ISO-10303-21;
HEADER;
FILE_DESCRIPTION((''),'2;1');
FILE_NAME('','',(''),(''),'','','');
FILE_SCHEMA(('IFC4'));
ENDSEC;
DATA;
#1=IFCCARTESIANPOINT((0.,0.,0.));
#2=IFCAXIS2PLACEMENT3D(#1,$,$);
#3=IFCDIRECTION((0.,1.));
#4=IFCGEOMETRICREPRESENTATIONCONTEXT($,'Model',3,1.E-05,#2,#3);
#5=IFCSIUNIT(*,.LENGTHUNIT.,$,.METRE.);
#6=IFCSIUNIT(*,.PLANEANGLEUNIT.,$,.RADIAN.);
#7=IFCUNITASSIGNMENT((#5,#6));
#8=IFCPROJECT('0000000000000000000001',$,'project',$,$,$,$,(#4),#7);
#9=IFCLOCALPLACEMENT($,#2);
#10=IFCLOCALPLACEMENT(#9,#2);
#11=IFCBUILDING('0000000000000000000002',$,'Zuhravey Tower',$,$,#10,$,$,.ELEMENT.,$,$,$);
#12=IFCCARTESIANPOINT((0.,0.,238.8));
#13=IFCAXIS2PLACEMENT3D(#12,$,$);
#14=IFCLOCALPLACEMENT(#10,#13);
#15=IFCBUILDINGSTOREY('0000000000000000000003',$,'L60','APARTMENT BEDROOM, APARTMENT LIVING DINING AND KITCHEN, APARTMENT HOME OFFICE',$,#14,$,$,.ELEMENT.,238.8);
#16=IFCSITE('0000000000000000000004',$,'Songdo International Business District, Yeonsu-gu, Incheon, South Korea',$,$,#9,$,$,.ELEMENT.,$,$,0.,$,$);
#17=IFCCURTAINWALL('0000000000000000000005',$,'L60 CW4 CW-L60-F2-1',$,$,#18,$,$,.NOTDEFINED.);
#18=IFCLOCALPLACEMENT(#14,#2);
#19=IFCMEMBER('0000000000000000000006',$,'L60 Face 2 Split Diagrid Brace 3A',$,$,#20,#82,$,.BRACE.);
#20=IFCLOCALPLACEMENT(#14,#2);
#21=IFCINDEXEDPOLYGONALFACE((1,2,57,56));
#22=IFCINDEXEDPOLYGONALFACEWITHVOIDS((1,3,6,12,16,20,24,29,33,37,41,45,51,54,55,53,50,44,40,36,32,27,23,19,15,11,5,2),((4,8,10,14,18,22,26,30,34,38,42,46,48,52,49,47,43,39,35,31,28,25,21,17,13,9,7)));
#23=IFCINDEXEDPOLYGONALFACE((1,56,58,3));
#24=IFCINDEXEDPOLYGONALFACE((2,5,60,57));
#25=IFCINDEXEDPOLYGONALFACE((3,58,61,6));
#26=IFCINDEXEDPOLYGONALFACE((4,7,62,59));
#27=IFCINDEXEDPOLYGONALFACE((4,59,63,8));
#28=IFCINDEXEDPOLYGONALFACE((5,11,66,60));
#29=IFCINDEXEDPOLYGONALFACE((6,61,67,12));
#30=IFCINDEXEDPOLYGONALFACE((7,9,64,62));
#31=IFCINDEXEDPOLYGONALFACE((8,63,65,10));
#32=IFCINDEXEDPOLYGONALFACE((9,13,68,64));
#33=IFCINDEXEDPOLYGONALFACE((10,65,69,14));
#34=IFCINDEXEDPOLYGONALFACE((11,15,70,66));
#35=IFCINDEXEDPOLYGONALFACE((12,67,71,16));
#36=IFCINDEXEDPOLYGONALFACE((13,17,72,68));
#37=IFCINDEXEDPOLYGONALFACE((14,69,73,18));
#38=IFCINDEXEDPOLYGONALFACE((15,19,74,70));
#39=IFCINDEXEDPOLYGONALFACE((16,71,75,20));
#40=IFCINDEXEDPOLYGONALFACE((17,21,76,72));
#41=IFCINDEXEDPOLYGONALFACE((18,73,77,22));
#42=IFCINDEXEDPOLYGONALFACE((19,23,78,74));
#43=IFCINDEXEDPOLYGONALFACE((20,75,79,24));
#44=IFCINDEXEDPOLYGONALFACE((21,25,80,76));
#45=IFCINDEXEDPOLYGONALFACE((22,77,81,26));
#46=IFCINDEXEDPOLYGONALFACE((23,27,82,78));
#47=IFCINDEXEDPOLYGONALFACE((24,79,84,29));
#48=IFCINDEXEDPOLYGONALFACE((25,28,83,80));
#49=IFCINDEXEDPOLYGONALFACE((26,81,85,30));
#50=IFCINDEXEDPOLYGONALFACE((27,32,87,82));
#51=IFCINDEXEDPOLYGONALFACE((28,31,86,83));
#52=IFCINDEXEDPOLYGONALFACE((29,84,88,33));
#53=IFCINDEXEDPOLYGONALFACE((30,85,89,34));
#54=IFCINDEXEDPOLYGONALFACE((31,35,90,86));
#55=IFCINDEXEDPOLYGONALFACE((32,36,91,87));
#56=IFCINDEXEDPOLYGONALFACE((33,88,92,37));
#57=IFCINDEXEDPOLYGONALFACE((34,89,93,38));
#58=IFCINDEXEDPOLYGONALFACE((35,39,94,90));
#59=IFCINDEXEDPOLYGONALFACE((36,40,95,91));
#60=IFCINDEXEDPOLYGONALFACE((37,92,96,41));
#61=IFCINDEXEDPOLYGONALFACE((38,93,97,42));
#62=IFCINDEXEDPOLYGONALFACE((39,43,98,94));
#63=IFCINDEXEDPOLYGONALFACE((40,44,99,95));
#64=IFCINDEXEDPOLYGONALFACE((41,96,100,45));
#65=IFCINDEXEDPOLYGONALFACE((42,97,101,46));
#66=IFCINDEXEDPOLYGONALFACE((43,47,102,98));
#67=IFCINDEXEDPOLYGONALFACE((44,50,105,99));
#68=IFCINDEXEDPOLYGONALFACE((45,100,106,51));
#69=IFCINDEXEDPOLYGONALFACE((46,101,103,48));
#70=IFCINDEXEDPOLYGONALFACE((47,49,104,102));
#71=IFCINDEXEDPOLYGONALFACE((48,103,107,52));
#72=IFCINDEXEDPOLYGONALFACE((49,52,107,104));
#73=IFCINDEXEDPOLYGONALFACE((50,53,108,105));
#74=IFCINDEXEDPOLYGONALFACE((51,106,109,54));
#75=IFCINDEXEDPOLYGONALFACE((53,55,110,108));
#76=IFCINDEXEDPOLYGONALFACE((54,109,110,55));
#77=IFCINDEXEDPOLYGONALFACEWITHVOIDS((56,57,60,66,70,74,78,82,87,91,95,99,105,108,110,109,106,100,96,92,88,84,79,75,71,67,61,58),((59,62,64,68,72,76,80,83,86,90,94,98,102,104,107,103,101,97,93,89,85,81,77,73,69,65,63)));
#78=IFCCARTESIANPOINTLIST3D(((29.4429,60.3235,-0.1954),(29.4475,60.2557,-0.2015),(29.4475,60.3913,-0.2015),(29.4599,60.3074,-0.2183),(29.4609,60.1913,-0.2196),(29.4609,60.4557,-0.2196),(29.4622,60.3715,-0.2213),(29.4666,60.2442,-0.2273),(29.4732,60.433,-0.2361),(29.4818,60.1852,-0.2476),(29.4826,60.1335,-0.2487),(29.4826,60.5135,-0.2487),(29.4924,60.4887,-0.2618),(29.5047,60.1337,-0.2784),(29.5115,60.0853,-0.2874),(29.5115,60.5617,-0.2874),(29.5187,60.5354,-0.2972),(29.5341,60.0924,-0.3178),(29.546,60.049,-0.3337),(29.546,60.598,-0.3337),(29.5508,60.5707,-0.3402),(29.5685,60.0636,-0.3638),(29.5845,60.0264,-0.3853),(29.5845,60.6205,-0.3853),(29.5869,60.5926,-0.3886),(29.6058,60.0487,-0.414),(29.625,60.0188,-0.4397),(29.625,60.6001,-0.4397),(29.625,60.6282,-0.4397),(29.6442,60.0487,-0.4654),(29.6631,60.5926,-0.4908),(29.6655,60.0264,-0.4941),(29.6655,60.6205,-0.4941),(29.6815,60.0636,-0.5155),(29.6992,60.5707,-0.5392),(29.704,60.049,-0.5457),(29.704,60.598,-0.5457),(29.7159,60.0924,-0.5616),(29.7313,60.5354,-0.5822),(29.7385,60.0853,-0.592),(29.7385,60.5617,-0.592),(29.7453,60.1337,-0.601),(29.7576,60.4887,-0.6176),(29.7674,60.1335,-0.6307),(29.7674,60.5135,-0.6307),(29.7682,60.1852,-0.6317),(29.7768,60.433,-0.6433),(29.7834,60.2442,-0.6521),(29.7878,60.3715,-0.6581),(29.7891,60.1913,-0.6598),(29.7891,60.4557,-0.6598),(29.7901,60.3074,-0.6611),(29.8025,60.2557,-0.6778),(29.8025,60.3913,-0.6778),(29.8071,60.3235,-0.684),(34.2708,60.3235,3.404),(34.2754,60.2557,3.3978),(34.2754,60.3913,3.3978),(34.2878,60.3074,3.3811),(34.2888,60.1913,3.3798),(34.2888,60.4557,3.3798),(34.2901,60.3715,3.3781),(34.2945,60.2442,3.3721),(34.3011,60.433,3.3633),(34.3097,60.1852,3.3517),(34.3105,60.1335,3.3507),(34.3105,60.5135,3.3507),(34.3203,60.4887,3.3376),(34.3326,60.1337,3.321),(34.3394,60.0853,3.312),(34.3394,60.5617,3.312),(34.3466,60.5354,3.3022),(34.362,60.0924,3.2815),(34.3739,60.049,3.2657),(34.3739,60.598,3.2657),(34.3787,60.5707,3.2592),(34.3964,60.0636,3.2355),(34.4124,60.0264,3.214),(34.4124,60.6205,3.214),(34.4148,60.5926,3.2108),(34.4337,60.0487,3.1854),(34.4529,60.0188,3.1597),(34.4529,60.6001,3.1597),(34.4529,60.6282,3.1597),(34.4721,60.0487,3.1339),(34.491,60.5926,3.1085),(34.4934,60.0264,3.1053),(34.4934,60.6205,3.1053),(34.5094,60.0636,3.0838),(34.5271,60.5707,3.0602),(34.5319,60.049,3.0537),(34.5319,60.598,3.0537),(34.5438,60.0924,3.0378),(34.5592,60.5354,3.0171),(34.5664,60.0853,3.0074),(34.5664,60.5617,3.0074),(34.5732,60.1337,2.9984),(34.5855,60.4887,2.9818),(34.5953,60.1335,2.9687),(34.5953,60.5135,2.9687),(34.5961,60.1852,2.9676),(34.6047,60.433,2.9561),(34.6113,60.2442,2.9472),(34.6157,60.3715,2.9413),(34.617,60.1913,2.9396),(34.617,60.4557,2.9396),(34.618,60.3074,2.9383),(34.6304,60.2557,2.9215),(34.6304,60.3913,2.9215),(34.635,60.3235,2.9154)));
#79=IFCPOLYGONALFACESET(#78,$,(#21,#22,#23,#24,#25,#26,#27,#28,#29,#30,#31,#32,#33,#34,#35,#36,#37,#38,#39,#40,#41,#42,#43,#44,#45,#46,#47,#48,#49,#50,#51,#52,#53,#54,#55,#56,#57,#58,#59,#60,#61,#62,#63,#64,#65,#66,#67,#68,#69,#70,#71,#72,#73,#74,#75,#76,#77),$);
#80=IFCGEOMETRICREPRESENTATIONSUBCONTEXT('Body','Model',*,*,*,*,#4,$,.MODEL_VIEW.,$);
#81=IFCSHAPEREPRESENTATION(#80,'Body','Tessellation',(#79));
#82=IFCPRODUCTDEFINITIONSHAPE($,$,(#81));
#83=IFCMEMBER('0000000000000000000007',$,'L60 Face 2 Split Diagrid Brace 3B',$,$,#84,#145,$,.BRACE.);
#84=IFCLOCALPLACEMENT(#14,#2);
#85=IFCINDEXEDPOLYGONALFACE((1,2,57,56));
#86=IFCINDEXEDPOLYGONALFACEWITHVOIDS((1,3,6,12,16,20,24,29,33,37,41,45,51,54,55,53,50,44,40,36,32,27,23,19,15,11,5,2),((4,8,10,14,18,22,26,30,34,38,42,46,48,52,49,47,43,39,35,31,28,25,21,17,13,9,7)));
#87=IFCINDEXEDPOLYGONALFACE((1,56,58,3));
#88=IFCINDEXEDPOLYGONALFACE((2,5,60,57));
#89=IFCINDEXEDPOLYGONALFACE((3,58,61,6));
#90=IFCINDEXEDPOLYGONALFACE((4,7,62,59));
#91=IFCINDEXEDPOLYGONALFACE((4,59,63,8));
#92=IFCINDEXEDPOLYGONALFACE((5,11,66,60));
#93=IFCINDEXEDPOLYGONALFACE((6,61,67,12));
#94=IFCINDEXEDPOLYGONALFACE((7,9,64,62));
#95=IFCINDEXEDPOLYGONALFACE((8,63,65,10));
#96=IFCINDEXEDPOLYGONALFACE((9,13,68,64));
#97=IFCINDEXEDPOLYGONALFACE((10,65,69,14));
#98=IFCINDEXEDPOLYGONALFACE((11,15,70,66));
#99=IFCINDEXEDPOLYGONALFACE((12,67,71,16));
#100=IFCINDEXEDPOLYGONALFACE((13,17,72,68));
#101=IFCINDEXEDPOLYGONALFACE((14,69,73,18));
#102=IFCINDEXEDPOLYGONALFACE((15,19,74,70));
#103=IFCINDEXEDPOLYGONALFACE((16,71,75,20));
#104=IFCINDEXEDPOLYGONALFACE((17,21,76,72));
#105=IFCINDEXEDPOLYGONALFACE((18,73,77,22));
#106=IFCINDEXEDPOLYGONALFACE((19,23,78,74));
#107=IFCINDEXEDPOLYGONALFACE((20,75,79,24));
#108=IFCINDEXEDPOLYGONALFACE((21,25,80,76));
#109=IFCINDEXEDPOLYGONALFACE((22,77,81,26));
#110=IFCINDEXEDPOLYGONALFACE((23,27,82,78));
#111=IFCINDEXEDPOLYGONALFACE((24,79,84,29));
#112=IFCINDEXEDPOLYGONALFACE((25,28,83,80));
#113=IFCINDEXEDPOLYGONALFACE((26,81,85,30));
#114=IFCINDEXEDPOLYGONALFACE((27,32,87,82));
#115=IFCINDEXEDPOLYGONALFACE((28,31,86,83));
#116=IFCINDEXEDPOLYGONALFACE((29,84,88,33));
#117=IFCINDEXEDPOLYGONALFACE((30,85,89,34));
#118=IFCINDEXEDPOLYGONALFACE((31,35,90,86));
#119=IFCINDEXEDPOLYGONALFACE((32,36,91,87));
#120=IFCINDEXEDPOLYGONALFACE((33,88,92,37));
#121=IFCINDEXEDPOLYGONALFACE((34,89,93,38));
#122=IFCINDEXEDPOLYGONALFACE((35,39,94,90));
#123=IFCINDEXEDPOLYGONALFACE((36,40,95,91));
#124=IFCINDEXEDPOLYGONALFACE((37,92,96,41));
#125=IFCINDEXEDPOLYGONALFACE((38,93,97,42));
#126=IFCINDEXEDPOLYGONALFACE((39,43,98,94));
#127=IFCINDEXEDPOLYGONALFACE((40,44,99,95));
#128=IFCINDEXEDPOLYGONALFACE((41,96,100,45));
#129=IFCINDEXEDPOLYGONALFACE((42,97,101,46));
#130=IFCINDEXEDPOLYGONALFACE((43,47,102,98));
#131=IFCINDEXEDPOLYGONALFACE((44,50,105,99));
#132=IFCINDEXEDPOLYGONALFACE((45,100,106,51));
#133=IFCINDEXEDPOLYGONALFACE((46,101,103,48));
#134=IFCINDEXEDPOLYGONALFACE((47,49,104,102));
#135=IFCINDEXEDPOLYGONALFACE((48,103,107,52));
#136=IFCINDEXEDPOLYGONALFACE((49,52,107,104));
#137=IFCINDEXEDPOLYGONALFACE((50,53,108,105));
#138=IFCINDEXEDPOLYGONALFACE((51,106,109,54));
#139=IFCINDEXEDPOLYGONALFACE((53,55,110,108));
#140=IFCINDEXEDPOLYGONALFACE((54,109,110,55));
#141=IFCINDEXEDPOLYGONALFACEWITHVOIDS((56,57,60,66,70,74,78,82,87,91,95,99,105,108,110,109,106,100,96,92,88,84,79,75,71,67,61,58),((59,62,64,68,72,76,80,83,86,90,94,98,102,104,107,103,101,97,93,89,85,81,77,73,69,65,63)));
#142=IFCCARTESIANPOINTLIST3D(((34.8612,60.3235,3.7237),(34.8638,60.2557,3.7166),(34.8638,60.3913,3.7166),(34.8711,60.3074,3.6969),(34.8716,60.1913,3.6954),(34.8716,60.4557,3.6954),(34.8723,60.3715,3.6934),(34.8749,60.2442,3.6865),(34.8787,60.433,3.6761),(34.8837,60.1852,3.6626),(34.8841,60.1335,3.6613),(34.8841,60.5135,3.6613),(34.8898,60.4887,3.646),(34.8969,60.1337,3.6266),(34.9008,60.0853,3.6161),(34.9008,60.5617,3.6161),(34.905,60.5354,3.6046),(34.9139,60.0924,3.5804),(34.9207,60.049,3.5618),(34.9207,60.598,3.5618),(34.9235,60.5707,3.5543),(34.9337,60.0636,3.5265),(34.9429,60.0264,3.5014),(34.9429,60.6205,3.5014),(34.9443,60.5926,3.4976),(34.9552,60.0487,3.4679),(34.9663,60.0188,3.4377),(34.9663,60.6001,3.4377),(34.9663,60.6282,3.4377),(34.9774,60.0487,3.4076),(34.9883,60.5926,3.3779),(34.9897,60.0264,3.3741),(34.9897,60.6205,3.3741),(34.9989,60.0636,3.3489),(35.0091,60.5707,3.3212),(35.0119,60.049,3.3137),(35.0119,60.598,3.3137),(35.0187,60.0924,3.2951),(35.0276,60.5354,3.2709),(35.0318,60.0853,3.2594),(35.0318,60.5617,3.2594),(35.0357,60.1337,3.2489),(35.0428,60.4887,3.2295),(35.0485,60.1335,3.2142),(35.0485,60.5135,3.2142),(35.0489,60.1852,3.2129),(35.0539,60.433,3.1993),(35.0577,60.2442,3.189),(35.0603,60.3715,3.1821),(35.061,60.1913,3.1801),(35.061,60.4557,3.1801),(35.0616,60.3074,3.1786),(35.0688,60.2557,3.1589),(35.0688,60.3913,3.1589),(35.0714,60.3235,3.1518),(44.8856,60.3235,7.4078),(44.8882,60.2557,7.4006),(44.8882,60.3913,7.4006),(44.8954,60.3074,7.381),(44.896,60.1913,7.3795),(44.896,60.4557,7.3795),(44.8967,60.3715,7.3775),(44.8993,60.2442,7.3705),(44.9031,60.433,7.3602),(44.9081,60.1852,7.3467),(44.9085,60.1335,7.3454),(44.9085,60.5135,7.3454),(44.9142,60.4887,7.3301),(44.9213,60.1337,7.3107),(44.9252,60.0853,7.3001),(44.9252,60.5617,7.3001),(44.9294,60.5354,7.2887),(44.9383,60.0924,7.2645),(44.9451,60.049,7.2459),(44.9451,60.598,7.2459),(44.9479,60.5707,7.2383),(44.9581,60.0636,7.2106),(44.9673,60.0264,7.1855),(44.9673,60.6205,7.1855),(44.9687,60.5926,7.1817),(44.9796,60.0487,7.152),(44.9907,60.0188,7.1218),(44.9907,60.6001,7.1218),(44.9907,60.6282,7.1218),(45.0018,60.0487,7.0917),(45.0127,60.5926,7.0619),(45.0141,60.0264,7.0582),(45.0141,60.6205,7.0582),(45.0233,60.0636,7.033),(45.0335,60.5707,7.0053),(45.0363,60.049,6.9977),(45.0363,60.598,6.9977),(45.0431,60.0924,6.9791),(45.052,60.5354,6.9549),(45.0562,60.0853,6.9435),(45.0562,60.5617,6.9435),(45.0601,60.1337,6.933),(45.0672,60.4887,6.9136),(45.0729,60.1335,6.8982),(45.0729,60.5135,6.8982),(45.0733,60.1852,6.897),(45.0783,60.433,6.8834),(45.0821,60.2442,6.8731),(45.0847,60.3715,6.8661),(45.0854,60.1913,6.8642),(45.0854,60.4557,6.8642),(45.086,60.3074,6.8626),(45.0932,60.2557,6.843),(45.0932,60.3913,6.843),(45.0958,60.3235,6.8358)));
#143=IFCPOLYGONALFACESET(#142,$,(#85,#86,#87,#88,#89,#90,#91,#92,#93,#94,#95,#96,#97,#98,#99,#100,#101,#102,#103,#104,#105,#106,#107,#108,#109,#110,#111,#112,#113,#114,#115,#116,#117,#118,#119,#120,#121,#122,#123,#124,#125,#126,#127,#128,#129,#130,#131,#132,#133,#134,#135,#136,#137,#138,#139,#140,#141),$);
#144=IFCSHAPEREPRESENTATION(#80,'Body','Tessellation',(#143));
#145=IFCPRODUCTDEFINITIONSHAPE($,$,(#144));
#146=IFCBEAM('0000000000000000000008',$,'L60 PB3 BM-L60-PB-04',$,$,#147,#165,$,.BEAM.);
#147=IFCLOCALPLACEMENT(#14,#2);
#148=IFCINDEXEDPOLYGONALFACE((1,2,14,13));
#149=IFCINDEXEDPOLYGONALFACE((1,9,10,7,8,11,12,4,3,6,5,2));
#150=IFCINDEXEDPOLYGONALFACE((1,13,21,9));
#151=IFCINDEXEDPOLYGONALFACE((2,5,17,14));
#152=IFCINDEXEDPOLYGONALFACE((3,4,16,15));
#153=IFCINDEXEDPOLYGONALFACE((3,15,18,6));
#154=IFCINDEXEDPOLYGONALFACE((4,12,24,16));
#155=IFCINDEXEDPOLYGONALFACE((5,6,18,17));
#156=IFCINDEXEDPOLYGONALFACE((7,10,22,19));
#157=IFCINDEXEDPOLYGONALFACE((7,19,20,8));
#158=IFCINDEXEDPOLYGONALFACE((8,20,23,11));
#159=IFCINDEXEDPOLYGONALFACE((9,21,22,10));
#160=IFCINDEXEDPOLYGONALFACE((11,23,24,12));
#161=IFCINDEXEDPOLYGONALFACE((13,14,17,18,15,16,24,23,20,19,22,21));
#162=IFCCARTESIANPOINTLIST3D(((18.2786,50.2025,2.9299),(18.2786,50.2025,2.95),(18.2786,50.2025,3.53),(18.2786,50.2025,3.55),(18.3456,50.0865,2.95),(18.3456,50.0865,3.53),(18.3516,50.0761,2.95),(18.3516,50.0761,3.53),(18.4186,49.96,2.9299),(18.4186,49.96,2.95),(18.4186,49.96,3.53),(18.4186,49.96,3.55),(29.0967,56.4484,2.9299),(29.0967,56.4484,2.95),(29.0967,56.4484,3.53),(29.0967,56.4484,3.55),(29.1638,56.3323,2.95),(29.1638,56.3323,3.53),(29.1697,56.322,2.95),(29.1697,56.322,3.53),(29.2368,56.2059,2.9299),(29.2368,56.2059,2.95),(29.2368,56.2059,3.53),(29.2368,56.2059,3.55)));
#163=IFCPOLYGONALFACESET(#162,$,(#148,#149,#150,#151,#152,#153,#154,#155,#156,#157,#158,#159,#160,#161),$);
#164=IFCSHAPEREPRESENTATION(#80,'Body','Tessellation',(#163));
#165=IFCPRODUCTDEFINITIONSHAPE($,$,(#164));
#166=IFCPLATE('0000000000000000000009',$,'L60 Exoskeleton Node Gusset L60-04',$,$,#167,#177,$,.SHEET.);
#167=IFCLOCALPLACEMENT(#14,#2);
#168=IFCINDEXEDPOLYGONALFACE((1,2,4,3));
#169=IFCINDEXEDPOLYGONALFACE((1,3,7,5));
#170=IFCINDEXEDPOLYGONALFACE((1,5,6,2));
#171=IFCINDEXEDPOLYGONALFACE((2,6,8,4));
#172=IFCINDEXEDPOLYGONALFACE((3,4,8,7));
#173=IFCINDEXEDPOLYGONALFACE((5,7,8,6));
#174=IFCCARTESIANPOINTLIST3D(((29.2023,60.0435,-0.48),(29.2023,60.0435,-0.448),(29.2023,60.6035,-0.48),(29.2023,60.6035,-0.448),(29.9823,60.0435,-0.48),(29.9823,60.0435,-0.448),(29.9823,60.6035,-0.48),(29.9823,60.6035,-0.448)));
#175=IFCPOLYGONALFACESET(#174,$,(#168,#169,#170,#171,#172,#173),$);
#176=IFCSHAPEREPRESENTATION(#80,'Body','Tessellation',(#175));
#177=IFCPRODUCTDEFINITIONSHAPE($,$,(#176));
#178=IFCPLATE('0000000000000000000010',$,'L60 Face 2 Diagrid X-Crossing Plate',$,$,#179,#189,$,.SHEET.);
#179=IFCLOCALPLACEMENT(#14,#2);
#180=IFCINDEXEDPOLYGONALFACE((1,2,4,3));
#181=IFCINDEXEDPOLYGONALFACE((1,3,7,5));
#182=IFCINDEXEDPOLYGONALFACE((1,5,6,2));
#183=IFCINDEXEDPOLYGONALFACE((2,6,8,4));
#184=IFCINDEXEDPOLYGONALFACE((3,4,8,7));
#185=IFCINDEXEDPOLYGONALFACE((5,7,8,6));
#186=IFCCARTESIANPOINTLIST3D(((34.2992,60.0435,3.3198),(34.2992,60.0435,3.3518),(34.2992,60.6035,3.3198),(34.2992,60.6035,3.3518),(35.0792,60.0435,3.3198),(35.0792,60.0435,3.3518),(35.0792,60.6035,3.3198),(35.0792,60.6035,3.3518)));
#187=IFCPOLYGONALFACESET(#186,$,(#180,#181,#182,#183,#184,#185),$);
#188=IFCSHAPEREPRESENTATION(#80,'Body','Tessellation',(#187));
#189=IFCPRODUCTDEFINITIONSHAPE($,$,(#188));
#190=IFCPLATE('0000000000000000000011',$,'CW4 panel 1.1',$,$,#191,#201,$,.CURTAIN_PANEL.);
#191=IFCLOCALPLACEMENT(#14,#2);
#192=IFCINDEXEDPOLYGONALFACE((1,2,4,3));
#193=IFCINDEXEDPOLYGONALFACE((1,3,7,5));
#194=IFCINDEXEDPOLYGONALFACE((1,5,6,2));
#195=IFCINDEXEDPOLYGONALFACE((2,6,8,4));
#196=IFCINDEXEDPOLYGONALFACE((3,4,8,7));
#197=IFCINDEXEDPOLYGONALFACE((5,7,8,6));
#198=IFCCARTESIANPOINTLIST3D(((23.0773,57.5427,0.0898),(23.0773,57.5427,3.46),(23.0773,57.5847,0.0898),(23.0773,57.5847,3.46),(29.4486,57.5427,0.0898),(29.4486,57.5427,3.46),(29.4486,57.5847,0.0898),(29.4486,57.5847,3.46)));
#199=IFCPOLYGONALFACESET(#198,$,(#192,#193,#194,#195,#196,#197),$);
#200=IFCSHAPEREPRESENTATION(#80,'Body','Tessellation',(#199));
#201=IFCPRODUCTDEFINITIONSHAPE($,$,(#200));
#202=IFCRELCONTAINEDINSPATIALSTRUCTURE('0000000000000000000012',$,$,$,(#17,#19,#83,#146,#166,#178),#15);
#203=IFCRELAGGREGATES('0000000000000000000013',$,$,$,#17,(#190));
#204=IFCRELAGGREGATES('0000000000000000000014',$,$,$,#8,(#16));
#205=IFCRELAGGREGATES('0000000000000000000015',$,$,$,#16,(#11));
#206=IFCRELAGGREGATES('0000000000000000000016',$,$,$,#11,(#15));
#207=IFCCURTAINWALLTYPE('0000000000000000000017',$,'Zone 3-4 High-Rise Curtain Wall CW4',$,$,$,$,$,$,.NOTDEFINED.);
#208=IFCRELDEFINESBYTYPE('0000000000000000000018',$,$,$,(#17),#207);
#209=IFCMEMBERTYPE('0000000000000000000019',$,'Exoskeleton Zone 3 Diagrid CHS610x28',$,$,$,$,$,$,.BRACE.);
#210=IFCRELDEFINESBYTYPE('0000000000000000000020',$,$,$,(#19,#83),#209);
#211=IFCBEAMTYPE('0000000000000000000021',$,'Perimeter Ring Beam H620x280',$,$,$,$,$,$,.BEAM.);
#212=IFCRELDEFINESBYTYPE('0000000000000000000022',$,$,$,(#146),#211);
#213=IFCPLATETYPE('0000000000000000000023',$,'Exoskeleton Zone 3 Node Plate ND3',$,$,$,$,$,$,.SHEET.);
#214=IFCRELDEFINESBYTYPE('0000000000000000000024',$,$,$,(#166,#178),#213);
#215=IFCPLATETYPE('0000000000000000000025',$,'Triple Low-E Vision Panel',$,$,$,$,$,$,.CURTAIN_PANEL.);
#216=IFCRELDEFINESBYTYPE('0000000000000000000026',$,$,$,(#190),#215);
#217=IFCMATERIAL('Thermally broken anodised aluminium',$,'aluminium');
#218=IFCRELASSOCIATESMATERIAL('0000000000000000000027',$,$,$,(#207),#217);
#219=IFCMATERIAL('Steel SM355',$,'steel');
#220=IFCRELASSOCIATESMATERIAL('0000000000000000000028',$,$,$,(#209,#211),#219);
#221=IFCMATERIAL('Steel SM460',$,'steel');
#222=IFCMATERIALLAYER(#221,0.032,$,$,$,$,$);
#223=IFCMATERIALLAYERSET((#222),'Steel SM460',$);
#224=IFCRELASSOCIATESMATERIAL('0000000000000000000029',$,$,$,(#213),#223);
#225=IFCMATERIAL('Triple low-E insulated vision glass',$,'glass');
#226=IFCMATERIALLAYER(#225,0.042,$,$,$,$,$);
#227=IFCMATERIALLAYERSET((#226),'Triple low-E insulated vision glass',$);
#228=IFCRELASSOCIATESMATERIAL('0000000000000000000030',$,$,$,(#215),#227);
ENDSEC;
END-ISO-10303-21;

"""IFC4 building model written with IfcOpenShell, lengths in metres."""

from ifc_helpers import new_model, si_unit, direction, frame, origin, origin_2d, place, context, subcontext, project, spatial, rectangle, hollow_circle, i_section, extrude, material, layer, layer_set, material_profile, profile_set, type_object, element, aggregate, save


model = new_model("IFC4")

# Units and contexts
model_context = context("Model", 3, precision=1e-05, world=origin(), true_north=direction((0.0, 1.0)))
body_context = subcontext(model_context, "Body", "Model", "MODEL_VIEW")
ifc_project = project(units=[si_unit("LENGTHUNIT", "METRE"), si_unit("PLANEANGLEUNIT", "RADIAN")], contexts=[model_context])

# Site, building, storey
site_placement = place(None, origin())
site = spatial("IfcSite", under=ifc_project, at=site_placement, Name="Songdo International Business District, Yeonsu-gu, Incheon, South Korea", CompositionType="ELEMENT", RefElevation=0.0)
building_placement = place(site_placement, origin())
building = spatial("IfcBuilding", under=site, at=building_placement, Name="Zuhravey Tower", CompositionType="ELEMENT")
storey_placement = place(building_placement, frame((0.0, 0.0, 238.8)))
storey = spatial("IfcBuildingStorey", under=building, at=storey_placement, Name="L60", Description="APARTMENT BEDROOM, APARTMENT LIVING DINING AND KITCHEN, APARTMENT HOME OFFICE", CompositionType="ELEMENT", Elevation=238.8)

# Curtain wall
ifc_material_1 = material(Name="Thermally broken anodised aluminium", Category="aluminium")
curtain_wall_type = type_object("IfcCurtainWallType", Name="Zone 3-4 High-Rise Curtain Wall CW4", PredefinedType="NOTDEFINED", material=ifc_material_1)
curtain_wall_placement = place(storey_placement, origin())
curtain_wall = element("IfcCurtainWall", 1, at=curtain_wall_placement, inside=storey, type_object=curtain_wall_type, Name="L60 CW4 CW-L60-F2-1", PredefinedType="NOTDEFINED")

# Members
ifc_material_2 = material(Name="Steel SM355", Category="steel")
ifc_material_profile_1 = material_profile(ifc_material_2, hollow_circle(Radius=0.3047, WallThickness=0.0281, at=origin_2d()), Name="CHS-609.6x28")
ifc_profile_set_1 = profile_set([ifc_material_profile_1], Name="Steel SM355")
member_type_1 = type_object("IfcMemberType", Name="Exoskeleton Zone 3 Diagrid CHS610x28", PredefinedType="BRACE", material=ifc_profile_set_1)
member_1_placement = place(storey_placement, frame((29.625, 60.3235, -0.4397), z_axis=(0.801714, 0.0, 0.597708), x_axis=(0.0, 1.0, 0.0)))
element("IfcMember", 2, at=member_1_placement, inside=storey, type_object=member_type_1, Name="L60 Face 2 Split Diagrid Brace 3A", PredefinedType="BRACE", context=body_context, shape_type="SweptSolid", body=[
    extrude(hollow_circle(Radius=0.3047, WallThickness=0.0281, at=origin_2d()), origin(), (0.0, 0.0, 1.0), 6.022),
])
member_2_placement = place(storey_placement, frame((34.9663, 60.3235, 3.4377), z_axis=(0.93862, 0.0, 0.344953), x_axis=(0.0, 1.0, 0.0)))
element("IfcMember", 3, at=member_2_placement, inside=storey, type_object=member_type_1, Name="L60 Face 2 Split Diagrid Brace 3B", PredefinedType="BRACE", context=body_context, shape_type="SweptSolid", body=[
    extrude(hollow_circle(Radius=0.3047, WallThickness=0.0281, at=origin_2d()), origin(), (0.0, 0.0, 1.0), 10.6799),
])

# Beam
ifc_material_profile_2 = material_profile(ifc_material_2, i_section(OverallWidth=0.28, OverallDepth=0.6201, WebThickness=0.012, FlangeThickness=0.02, at=origin_2d()), Name="H-620x280x12x20")
ifc_profile_set_2 = profile_set([ifc_material_profile_2], Name="Steel SM355")
beam_type = type_object("IfcBeamType", Name="Perimeter Ring Beam H620x280", PredefinedType="BEAM", material=ifc_profile_set_2)
beam_placement = place(storey_placement, frame((29.1667, 56.3271, 3.24), z_axis=(-0.866025, -0.5, 0.0), x_axis=(0.5, -0.866025, 0.0)))
element("IfcBeam", 4, at=beam_placement, inside=storey, type_object=beam_type, Name="L60 PB3 BM-L60-PB-04", PredefinedType="BEAM", context=body_context, shape_type="SweptSolid", body=[
    extrude(i_section(OverallWidth=0.28, OverallDepth=0.6201, WebThickness=0.012, FlangeThickness=0.02, at=origin_2d()), origin(), (0.0, 0.0, 1.0), 12.4917),
])

# Plates
ifc_material_3 = material(Name="Steel SM460", Category="steel")
ifc_layer_1 = layer(ifc_material_3, 0.032)
ifc_layer_set_1 = layer_set([ifc_layer_1], Name="Steel SM460")
plate_type_1 = type_object("IfcPlateType", Name="Exoskeleton Zone 3 Node Plate ND3", PredefinedType="SHEET", material=ifc_layer_set_1)
for number, where, z_axis, x_axis, name in (
    (5, (29.5923, 60.3235, -0.48), (0.0, 0.0, 1.0), (-1.0, 0.0, 0.0), "L60 Exoskeleton Node Gusset L60-04"),
    (6, (34.6892, 60.3235, 3.3198), (0.0, 0.0, 1.0), (-1.0, 0.0, 0.0), "L60 Face 2 Diagrid X-Crossing Plate"),
):
    element("IfcPlate", number, at=place(storey_placement, frame(where, z_axis=z_axis, x_axis=x_axis)), inside=storey, type_object=plate_type_1, Name=name, PredefinedType="SHEET", context=body_context, shape_type="SweptSolid", body=[
        extrude(rectangle(XDim=0.78, YDim=0.5601, at=origin_2d()), origin(), (0.0, 0.0, 1.0), 0.032),
    ])

# Plate
ifc_material_4 = material(Name="Triple low-E insulated vision glass", Category="glass")
ifc_layer_2 = layer(ifc_material_4, 0.042)
ifc_layer_set_2 = layer_set([ifc_layer_2], Name="Triple low-E insulated vision glass")
plate_type_2 = type_object("IfcPlateType", Name="Triple Low-E Vision Panel", PredefinedType="CURTAIN_PANEL", material=ifc_layer_set_2)
plate_1_placement = place(storey_placement, frame((26.2629, 57.5637, 0.0898), z_axis=(0.0, 0.0, 1.0), x_axis=(1.0, 0.0, 0.0)))
plate_1 = element("IfcPlate", 7, at=plate_1_placement, type_object=plate_type_2, Name="CW4 panel 1.1", PredefinedType="CURTAIN_PANEL", context=body_context, shape_type="SweptSolid", body=[
    extrude(rectangle(XDim=6.3713, YDim=0.042, at=origin_2d()), origin(), (0.0, 0.0, 1.0), 3.3701),
])
aggregate(curtain_wall, [plate_1])

save(model, "model.ifc")
